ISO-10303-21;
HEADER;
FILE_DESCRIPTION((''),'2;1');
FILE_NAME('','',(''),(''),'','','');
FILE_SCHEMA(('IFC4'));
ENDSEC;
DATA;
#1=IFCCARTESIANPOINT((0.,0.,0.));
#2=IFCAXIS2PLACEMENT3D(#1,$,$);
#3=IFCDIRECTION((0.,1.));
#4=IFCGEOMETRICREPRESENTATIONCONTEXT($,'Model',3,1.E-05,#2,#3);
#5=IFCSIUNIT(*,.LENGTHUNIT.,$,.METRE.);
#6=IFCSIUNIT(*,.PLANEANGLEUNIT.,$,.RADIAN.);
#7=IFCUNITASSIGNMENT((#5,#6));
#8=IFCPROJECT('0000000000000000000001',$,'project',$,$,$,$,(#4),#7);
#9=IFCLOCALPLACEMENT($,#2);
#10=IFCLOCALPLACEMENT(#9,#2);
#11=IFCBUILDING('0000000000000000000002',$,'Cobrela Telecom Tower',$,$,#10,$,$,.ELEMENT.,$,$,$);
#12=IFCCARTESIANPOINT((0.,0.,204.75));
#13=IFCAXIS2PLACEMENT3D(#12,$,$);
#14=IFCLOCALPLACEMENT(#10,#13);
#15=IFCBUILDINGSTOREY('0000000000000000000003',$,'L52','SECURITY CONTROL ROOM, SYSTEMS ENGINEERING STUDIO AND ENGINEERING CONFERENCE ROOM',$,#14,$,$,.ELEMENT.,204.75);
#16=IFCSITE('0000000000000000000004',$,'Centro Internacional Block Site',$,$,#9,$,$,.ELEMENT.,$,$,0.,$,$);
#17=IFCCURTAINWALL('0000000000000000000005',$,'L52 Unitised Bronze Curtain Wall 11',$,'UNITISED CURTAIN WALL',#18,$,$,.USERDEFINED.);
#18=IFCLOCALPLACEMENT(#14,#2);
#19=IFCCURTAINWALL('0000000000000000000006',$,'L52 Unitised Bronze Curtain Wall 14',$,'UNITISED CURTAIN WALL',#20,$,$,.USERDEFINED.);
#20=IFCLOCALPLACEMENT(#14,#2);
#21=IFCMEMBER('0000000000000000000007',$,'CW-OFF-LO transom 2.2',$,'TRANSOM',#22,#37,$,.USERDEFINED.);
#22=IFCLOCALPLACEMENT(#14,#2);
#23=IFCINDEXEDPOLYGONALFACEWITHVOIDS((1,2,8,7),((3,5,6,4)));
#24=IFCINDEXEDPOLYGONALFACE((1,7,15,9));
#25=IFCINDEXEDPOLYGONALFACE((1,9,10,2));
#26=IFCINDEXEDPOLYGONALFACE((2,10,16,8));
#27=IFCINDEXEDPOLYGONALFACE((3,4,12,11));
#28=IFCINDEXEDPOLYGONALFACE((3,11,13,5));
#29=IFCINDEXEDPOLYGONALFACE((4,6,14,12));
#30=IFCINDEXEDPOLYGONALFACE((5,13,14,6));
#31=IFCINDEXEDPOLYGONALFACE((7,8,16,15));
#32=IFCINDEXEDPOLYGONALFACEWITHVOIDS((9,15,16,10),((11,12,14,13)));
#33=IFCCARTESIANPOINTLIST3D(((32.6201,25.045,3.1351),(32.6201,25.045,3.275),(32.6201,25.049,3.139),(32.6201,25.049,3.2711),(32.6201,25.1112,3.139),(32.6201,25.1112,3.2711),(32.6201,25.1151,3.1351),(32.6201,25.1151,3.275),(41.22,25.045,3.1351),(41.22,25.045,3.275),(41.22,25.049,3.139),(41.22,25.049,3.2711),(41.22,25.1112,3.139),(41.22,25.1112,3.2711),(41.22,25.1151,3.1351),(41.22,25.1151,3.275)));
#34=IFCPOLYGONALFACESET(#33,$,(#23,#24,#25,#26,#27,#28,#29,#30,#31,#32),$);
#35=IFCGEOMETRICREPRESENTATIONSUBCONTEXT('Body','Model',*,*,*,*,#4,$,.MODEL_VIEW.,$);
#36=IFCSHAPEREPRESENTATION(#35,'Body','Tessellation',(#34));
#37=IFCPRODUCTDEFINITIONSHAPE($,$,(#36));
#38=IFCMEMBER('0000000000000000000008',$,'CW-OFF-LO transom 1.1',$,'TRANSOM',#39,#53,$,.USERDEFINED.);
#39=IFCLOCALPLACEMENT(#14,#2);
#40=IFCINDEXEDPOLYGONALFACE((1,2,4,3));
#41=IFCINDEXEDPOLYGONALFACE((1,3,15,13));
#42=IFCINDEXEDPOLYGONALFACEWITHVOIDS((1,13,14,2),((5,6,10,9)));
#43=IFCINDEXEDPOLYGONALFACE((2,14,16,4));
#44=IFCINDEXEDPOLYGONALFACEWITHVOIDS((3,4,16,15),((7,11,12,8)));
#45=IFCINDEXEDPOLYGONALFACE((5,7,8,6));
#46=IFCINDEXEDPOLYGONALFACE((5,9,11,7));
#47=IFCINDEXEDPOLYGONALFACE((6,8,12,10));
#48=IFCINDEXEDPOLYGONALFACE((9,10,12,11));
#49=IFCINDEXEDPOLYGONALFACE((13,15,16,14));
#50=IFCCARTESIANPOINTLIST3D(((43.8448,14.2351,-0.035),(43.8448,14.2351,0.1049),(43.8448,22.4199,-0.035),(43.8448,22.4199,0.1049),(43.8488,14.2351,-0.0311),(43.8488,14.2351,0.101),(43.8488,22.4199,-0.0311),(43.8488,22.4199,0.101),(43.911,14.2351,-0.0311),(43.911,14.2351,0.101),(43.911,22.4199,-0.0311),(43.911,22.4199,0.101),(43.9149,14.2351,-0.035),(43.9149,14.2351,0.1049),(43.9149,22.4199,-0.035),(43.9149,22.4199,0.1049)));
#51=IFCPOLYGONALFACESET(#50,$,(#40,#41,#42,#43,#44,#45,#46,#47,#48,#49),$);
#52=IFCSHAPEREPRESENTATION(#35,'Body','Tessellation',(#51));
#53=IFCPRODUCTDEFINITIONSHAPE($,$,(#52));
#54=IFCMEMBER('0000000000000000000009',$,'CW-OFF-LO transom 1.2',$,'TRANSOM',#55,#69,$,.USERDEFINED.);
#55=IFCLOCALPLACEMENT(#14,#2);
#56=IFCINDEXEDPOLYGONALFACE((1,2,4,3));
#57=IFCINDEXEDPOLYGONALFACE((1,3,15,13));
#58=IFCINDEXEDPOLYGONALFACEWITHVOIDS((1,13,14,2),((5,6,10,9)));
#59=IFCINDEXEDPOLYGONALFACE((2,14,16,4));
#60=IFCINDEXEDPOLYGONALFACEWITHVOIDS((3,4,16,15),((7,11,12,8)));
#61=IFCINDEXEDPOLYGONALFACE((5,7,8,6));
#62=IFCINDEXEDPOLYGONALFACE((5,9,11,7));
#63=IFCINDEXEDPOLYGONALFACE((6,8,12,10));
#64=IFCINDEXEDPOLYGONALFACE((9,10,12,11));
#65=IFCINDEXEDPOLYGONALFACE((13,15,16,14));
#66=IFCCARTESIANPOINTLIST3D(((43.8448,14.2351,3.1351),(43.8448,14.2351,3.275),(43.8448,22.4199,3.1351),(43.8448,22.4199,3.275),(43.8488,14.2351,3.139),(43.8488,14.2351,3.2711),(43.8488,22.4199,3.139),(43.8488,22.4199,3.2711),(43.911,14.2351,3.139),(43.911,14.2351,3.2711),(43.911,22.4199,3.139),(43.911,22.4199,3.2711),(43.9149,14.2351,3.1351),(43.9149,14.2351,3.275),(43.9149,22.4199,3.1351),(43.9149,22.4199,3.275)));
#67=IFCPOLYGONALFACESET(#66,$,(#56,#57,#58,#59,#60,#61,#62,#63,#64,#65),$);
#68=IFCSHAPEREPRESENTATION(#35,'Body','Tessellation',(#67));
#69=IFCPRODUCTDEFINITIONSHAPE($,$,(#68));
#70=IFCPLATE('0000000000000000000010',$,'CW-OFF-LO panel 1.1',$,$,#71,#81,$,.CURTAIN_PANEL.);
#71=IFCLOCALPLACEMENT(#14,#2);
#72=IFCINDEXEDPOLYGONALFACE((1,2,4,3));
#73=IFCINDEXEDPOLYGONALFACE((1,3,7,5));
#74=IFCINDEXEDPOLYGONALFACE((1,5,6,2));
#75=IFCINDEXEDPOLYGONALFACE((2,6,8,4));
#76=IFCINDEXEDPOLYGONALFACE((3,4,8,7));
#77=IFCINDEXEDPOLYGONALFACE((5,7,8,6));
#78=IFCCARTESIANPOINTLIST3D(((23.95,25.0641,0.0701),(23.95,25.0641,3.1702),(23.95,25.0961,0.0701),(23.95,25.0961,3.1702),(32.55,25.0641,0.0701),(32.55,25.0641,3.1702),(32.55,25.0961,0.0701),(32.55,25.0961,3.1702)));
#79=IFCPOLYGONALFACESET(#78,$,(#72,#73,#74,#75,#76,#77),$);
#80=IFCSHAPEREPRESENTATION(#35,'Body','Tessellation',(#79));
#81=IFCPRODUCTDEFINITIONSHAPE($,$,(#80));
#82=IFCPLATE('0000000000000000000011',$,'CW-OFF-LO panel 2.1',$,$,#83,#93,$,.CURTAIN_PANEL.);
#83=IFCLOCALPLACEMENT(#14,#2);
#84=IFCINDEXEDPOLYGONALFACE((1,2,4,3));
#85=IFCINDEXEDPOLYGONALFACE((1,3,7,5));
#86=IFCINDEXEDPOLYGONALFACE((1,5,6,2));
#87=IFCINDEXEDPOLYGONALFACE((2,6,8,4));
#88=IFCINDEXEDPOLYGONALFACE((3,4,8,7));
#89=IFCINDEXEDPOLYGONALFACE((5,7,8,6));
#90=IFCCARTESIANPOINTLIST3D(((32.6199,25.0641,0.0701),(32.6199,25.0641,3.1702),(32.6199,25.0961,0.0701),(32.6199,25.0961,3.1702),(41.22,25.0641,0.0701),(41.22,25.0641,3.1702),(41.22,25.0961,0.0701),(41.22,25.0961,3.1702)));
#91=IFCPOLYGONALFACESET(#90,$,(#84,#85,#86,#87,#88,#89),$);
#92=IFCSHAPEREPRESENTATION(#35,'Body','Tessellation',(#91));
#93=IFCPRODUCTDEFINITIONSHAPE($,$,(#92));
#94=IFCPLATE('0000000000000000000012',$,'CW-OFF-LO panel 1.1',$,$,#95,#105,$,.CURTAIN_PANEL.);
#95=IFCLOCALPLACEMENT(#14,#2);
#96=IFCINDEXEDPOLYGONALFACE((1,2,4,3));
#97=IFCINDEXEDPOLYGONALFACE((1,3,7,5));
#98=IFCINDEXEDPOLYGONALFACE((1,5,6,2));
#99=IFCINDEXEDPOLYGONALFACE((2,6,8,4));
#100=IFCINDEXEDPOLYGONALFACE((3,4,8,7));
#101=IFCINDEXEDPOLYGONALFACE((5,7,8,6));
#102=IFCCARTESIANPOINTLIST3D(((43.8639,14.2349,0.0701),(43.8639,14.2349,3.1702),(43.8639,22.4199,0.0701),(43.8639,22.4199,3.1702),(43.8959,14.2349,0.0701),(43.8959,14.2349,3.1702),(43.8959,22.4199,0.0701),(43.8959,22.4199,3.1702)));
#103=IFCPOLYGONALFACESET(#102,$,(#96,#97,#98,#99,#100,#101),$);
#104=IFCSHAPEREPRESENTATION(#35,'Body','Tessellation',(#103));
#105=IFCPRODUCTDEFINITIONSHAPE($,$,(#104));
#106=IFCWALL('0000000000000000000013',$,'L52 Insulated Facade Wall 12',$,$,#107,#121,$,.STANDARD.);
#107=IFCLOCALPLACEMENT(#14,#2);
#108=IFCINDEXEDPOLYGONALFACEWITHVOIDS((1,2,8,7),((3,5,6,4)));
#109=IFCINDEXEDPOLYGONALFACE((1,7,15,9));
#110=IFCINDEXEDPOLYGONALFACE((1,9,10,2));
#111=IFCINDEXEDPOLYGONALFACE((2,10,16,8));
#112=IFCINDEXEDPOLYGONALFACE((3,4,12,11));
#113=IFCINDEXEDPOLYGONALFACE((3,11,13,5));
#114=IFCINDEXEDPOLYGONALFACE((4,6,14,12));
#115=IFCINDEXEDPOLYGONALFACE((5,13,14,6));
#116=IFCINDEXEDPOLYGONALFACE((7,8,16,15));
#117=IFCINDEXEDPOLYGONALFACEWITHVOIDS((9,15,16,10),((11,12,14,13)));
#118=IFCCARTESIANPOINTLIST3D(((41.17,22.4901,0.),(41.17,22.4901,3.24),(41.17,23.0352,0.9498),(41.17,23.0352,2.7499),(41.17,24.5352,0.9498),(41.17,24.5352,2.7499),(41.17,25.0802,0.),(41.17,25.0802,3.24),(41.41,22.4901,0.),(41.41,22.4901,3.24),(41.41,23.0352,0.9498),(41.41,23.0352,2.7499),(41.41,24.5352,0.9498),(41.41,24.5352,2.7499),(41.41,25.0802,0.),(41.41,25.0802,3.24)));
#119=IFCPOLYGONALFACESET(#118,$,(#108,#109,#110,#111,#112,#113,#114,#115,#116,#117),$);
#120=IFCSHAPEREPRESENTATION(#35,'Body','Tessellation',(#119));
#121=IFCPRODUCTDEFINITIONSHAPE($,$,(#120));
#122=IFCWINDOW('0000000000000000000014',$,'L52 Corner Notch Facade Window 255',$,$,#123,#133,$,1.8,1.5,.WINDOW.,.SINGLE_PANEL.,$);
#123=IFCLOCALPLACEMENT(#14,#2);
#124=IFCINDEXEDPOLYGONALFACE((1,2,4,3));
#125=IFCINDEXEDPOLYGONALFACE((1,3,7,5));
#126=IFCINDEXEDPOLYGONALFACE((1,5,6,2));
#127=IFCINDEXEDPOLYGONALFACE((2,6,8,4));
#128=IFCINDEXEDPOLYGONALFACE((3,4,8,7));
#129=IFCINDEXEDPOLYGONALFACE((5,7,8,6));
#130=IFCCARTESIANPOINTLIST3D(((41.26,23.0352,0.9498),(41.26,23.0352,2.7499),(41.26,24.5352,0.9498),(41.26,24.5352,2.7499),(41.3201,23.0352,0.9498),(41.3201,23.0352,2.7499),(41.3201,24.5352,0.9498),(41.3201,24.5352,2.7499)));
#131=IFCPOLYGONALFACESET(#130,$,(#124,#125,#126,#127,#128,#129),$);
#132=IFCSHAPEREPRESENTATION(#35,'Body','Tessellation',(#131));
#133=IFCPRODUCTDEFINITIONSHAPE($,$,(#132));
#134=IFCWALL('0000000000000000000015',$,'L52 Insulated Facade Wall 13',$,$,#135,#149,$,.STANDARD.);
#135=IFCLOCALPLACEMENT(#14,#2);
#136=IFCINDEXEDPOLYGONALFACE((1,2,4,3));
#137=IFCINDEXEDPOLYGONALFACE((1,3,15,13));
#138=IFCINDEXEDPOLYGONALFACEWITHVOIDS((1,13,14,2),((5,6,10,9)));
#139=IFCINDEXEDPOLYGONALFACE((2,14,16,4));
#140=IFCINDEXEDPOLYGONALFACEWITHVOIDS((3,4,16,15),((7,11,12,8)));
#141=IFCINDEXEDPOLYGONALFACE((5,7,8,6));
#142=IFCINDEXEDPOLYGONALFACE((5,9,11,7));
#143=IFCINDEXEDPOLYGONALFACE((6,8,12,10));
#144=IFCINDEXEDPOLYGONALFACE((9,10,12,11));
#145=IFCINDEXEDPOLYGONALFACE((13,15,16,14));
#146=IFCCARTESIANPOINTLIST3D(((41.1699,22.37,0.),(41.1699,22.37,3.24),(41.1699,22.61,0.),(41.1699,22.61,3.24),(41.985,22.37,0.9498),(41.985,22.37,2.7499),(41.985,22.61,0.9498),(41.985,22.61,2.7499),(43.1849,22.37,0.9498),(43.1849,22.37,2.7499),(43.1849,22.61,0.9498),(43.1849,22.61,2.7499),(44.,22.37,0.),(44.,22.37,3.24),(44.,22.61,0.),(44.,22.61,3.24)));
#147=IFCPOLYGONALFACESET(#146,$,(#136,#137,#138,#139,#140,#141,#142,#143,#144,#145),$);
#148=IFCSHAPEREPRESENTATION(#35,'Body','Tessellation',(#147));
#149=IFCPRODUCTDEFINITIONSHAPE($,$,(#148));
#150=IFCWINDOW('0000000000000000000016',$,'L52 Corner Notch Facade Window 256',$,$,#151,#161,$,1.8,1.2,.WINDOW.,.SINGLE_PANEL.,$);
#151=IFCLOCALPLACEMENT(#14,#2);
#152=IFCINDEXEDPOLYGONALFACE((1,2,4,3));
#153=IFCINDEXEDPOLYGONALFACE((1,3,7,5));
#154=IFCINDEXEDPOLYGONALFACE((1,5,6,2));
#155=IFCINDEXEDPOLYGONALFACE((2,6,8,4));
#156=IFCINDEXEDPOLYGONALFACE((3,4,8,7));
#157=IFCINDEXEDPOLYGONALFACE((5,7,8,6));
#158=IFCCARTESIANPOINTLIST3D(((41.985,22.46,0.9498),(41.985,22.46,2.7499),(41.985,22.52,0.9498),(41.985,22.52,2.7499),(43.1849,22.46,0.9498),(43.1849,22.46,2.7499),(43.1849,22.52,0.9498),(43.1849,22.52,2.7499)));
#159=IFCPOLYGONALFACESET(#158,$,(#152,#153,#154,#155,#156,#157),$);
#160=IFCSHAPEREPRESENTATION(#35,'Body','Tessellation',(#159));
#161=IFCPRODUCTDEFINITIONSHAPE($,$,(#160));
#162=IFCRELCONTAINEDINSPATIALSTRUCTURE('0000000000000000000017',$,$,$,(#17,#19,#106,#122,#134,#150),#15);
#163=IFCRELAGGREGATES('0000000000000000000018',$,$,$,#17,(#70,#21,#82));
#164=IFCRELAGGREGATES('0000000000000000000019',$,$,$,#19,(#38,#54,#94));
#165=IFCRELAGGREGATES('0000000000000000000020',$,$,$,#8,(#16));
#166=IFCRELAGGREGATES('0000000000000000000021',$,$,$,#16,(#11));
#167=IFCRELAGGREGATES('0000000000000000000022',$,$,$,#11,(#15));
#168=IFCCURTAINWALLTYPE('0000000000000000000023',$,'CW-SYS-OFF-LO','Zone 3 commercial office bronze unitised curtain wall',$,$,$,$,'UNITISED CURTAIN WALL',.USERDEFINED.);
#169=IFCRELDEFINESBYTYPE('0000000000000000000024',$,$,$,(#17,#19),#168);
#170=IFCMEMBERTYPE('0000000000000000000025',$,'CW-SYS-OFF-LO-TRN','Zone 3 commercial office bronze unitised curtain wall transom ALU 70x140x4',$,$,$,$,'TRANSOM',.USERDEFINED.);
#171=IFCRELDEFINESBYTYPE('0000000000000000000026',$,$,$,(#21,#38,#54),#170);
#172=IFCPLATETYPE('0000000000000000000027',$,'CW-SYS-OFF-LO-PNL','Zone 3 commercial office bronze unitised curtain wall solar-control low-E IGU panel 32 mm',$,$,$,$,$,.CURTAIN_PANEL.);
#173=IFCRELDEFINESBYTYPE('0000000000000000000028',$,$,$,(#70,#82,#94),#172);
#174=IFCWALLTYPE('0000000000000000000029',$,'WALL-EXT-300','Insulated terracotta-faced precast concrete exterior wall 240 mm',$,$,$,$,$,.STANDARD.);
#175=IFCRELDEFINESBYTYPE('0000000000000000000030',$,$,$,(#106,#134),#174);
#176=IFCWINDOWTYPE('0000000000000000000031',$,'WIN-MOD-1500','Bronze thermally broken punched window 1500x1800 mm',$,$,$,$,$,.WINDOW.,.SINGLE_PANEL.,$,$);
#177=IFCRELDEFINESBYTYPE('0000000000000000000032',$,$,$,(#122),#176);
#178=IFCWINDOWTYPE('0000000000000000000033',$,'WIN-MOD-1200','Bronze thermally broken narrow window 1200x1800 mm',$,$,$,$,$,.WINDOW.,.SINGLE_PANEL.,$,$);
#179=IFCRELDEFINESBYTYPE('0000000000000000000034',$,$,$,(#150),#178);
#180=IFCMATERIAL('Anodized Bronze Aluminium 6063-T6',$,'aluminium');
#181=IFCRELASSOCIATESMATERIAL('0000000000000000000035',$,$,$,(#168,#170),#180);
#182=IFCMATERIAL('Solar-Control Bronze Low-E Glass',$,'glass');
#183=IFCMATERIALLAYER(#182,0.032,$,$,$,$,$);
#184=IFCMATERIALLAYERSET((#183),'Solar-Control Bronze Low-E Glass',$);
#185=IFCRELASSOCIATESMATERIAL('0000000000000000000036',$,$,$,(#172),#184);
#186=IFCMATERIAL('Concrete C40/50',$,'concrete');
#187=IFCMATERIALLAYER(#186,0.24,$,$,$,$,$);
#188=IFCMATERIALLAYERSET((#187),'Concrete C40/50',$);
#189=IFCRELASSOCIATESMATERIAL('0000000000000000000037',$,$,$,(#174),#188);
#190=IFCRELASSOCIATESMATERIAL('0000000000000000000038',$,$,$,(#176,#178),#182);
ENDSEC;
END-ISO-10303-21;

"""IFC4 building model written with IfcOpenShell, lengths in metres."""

from ifc_helpers import new_model, si_unit, direction, frame, frame_2d, origin, origin_2d, place, context, subcontext, project, spatial, rectangle, hollow_rectangle, extrude, material, layer, layer_set, material_profile, profile_set, type_object, element, fill, aggregate, save


model = new_model("IFC4")

# Units and contexts
model_context = context("Model", 3, precision=1e-05, world=origin(), true_north=direction((0.0, 1.0)))
body_context = subcontext(model_context, "Body", "Model", "MODEL_VIEW")
ifc_project = project(units=[si_unit("LENGTHUNIT", "METRE"), si_unit("PLANEANGLEUNIT", "RADIAN")], contexts=[model_context])

# Site, building, storey
site_placement = place(None, origin())
site = spatial("IfcSite", under=ifc_project, at=site_placement, Name="Centro Internacional Block Site", CompositionType="ELEMENT", RefElevation=0.0)
building_placement = place(site_placement, origin())
building = spatial("IfcBuilding", under=site, at=building_placement, Name="Cobrela Telecom Tower", CompositionType="ELEMENT")
storey_placement = place(building_placement, frame((0.0, 0.0, 204.75)))
storey = spatial("IfcBuildingStorey", under=building, at=storey_placement, Name="L52", Description="SECURITY CONTROL ROOM, SYSTEMS ENGINEERING STUDIO AND ENGINEERING CONFERENCE ROOM", CompositionType="ELEMENT", Elevation=204.75)

# Curtain wall
ifc_material_1 = material(Name="Anodized Bronze Aluminium 6063-T6", Category="aluminium")
curtain_wall_type = type_object("IfcCurtainWallType", Name="CW-SYS-OFF-LO", Description="Zone 3 commercial office bronze unitised curtain wall", ElementType="UNITISED CURTAIN WALL", PredefinedType="USERDEFINED", material=ifc_material_1)
curtain_wall_1_placement = place(storey_placement, origin())
curtain_wall_1 = element("IfcCurtainWall", 1, at=curtain_wall_1_placement, inside=storey, type_object=curtain_wall_type, Name="L52 Unitised Bronze Curtain Wall 11", ObjectType="UNITISED CURTAIN WALL", PredefinedType="USERDEFINED")

# Curtain wall
curtain_wall_2_placement = place(storey_placement, origin())
curtain_wall_2 = element("IfcCurtainWall", 2, at=curtain_wall_2_placement, inside=storey, type_object=curtain_wall_type, Name="L52 Unitised Bronze Curtain Wall 14", ObjectType="UNITISED CURTAIN WALL", PredefinedType="USERDEFINED")

# Members
ifc_material_profile_1 = material_profile(ifc_material_1, hollow_rectangle(XDim=0.0701, YDim=0.1399, WallThickness=0.0039, at=origin_2d()), Name="ALU 70x140x4")
ifc_profile_set_1 = profile_set([ifc_material_profile_1], Name="Anodized Bronze Aluminium 6063-T6")
member_type_1 = type_object("IfcMemberType", Name="CW-SYS-OFF-LO-TRN", Description="Zone 3 commercial office bronze unitised curtain wall transom ALU 70x140x4", ElementType="TRANSOM", PredefinedType="USERDEFINED", material=ifc_profile_set_1)
member_1_placement = place(storey_placement, frame((32.6201, 25.0801, 3.2051), z_axis=(1.0, 0.0, 0.0), x_axis=(0.0, 1.0, 0.0)))
member_1 = element("IfcMember", 3, at=member_1_placement, type_object=member_type_1, Name="CW-OFF-LO transom 2.2", ObjectType="TRANSOM", PredefinedType="USERDEFINED", context=body_context, shape_type="SweptSolid", body=[
    extrude(hollow_rectangle(XDim=0.0701, YDim=0.1399, WallThickness=0.0039, at=origin_2d()), origin(), (0.0, 0.0, 1.0), 8.5999),
])
member_2_placement = place(storey_placement, frame((43.8799, 22.4199, 0.0349), z_axis=(0.0, -1.0, 0.0), x_axis=(1.0, 0.0, 0.0)))
member_2 = element("IfcMember", 4, at=member_2_placement, type_object=member_type_1, Name="CW-OFF-LO transom 1.1", ObjectType="TRANSOM", PredefinedType="USERDEFINED", context=body_context, shape_type="SweptSolid", body=[
    extrude(hollow_rectangle(XDim=0.0701, YDim=0.1399, WallThickness=0.0039, at=origin_2d()), origin(), (0.0, 0.0, 1.0), 8.1848),
])
member_3_placement = place(storey_placement, frame((43.8799, 22.4199, 3.2051), z_axis=(0.0, -1.0, 0.0), x_axis=(1.0, 0.0, 0.0)))
member_3 = element("IfcMember", 5, at=member_3_placement, type_object=member_type_1, Name="CW-OFF-LO transom 1.2", ObjectType="TRANSOM", PredefinedType="USERDEFINED", context=body_context, shape_type="SweptSolid", body=[
    extrude(hollow_rectangle(XDim=0.0701, YDim=0.1399, WallThickness=0.0039, at=origin_2d()), origin(), (0.0, 0.0, 1.0), 8.1848),
])

# Plates
ifc_material_2 = material(Name="Solar-Control Bronze Low-E Glass", Category="glass")
ifc_layer_1 = layer(ifc_material_2, 0.032)
ifc_layer_set_1 = layer_set([ifc_layer_1], Name="Solar-Control Bronze Low-E Glass")
plate_type = type_object("IfcPlateType", Name="CW-SYS-OFF-LO-PNL", Description="Zone 3 commercial office bronze unitised curtain wall solar-control low-E IGU panel 32 mm", PredefinedType="CURTAIN_PANEL", material=ifc_layer_set_1)
plate_1_placement = place(storey_placement, frame((28.25, 25.0801, 0.0701), z_axis=(0.0, 0.0, 1.0), x_axis=(1.0, 0.0, 0.0)))
plate_1 = element("IfcPlate", 6, at=plate_1_placement, type_object=plate_type, Name="CW-OFF-LO panel 1.1", PredefinedType="CURTAIN_PANEL", context=body_context, shape_type="SweptSolid", body=[
    extrude(rectangle(XDim=8.6001, YDim=0.032, at=origin_2d()), origin(), (0.0, 0.0, 1.0), 3.1001),
])
plate_2_placement = place(storey_placement, frame((36.9199, 25.0801, 0.0701), z_axis=(0.0, 0.0, 1.0), x_axis=(1.0, 0.0, 0.0)))
plate_2 = element("IfcPlate", 7, at=plate_2_placement, type_object=plate_type, Name="CW-OFF-LO panel 2.1", PredefinedType="CURTAIN_PANEL", context=body_context, shape_type="SweptSolid", body=[
    extrude(rectangle(XDim=8.6001, YDim=0.032, at=origin_2d()), origin(), (0.0, 0.0, 1.0), 3.1001),
])
aggregate(curtain_wall_1, [plate_1, member_1, plate_2])
plate_3_placement = place(storey_placement, frame((43.8799, 18.3274, 0.0701), z_axis=(0.0, 0.0, 1.0), x_axis=(0.0, -1.0, 0.0)))
plate_3 = element("IfcPlate", 8, at=plate_3_placement, type_object=plate_type, Name="CW-OFF-LO panel 1.1", PredefinedType="CURTAIN_PANEL", context=body_context, shape_type="SweptSolid", body=[
    extrude(rectangle(XDim=8.1851, YDim=0.032, at=origin_2d()), origin(), (0.0, 0.0, 1.0), 3.1001),
])
aggregate(curtain_wall_2, [member_2, member_3, plate_3])

# Walls, openings, windows
ifc_material_3 = material(Name="Concrete C40/50", Category="concrete")
ifc_layer_2 = layer(ifc_material_3, 0.24)
ifc_layer_set_2 = layer_set([ifc_layer_2], Name="Concrete C40/50")
wall_type = type_object("IfcWallType", Name="WALL-EXT-300", Description="Insulated terracotta-faced precast concrete exterior wall 240 mm", PredefinedType="STANDARD", material=ifc_layer_set_2)
wall_1_placement = place(storey_placement, frame((41.29, 25.0801, 0.0), z_axis=(0.0, 0.0, 1.0), x_axis=(0.0, -1.0, 0.0)))
wall_1 = element("IfcWall", 9, at=wall_1_placement, inside=storey, type_object=wall_type, Name="L52 Insulated Facade Wall 12", PredefinedType="STANDARD", context=body_context, shape_type="SweptSolid", body=[
    extrude(rectangle(XDim=2.5901, YDim=0.24, at=frame_2d((1.2949, 0.0))), origin(), (0.0, 0.0, 1.0), 3.24),
])
opening_1_placement = place(wall_1_placement, frame((0.5449, 0.0, 0.95)))
opening_1 = element("IfcOpeningElement", 10, at=opening_1_placement, cuts=wall_1, PredefinedType="OPENING", context=body_context, shape_type="SweptSolid", body=[
    extrude(rectangle(XDim=1.5, YDim=1.8, at=frame_2d((0.75, 0.8999))), frame((0.0, 0.1318, 0.0), z_axis=(0.0, -1.0, 0.0), x_axis=(1.0, 0.0, 0.0)), (0.0, 0.0, 1.0), 0.2639),
])
window_type_1 = type_object("IfcWindowType", Name="WIN-MOD-1500", Description="Bronze thermally broken punched window 1500x1800 mm", PartitioningType="SINGLE_PANEL", PredefinedType="WINDOW", material=ifc_material_2)
window_1_placement = place(opening_1_placement, origin())
window_1 = element("IfcWindow", 11, at=window_1_placement, inside=storey, type_object=window_type_1, Name="L52 Corner Notch Facade Window 255", OverallHeight=1.8, OverallWidth=1.5, PartitioningType="SINGLE_PANEL", PredefinedType="WINDOW", context=body_context, shape_type="SweptSolid", body=[
    extrude(rectangle(XDim=1.5, YDim=1.8, at=frame_2d((0.75, 0.8999))), frame((0.0, 0.03, 0.0), z_axis=(0.0, -1.0, 0.0), x_axis=(1.0, 0.0, 0.0)), (0.0, 0.0, 1.0), 0.0601),
])
fill(opening_1, window_1)
wall_2_placement = place(storey_placement, frame((41.1699, 22.49, 0.0), z_axis=(0.0, 0.0, 1.0), x_axis=(1.0, 0.0, 0.0)))
wall_2 = element("IfcWall", 12, at=wall_2_placement, inside=storey, type_object=wall_type, Name="L52 Insulated Facade Wall 13", PredefinedType="STANDARD", context=body_context, shape_type="SweptSolid", body=[
    extrude(rectangle(XDim=2.8301, YDim=0.24, at=frame_2d((1.415, 0.0))), origin(), (0.0, 0.0, 1.0), 3.24),
])
opening_2_placement = place(wall_2_placement, frame((0.8149, 0.0, 0.95)))
opening_2 = element("IfcOpeningElement", 13, at=opening_2_placement, cuts=wall_2, PredefinedType="OPENING", context=body_context, shape_type="SweptSolid", body=[
    extrude(rectangle(XDim=1.2, YDim=1.8, at=frame_2d((0.6001, 0.8999))), frame((0.0, 0.1318, 0.0), z_axis=(0.0, -1.0, 0.0), x_axis=(1.0, 0.0, 0.0)), (0.0, 0.0, 1.0), 0.2639),
])
window_type_2 = type_object("IfcWindowType", Name="WIN-MOD-1200", Description="Bronze thermally broken narrow window 1200x1800 mm", PartitioningType="SINGLE_PANEL", PredefinedType="WINDOW", material=ifc_material_2)
window_2_placement = place(opening_2_placement, origin())
window_2 = element("IfcWindow", 14, at=window_2_placement, inside=storey, type_object=window_type_2, Name="L52 Corner Notch Facade Window 256", OverallHeight=1.8, OverallWidth=1.2, PartitioningType="SINGLE_PANEL", PredefinedType="WINDOW", context=body_context, shape_type="SweptSolid", body=[
    extrude(rectangle(XDim=1.2, YDim=1.8, at=frame_2d((0.6001, 0.8999))), frame((0.0, 0.03, 0.0), z_axis=(0.0, -1.0, 0.0), x_axis=(1.0, 0.0, 0.0)), (0.0, 0.0, 1.0), 0.0601),
])
fill(opening_2, window_2)

save(model, "model.ifc")
